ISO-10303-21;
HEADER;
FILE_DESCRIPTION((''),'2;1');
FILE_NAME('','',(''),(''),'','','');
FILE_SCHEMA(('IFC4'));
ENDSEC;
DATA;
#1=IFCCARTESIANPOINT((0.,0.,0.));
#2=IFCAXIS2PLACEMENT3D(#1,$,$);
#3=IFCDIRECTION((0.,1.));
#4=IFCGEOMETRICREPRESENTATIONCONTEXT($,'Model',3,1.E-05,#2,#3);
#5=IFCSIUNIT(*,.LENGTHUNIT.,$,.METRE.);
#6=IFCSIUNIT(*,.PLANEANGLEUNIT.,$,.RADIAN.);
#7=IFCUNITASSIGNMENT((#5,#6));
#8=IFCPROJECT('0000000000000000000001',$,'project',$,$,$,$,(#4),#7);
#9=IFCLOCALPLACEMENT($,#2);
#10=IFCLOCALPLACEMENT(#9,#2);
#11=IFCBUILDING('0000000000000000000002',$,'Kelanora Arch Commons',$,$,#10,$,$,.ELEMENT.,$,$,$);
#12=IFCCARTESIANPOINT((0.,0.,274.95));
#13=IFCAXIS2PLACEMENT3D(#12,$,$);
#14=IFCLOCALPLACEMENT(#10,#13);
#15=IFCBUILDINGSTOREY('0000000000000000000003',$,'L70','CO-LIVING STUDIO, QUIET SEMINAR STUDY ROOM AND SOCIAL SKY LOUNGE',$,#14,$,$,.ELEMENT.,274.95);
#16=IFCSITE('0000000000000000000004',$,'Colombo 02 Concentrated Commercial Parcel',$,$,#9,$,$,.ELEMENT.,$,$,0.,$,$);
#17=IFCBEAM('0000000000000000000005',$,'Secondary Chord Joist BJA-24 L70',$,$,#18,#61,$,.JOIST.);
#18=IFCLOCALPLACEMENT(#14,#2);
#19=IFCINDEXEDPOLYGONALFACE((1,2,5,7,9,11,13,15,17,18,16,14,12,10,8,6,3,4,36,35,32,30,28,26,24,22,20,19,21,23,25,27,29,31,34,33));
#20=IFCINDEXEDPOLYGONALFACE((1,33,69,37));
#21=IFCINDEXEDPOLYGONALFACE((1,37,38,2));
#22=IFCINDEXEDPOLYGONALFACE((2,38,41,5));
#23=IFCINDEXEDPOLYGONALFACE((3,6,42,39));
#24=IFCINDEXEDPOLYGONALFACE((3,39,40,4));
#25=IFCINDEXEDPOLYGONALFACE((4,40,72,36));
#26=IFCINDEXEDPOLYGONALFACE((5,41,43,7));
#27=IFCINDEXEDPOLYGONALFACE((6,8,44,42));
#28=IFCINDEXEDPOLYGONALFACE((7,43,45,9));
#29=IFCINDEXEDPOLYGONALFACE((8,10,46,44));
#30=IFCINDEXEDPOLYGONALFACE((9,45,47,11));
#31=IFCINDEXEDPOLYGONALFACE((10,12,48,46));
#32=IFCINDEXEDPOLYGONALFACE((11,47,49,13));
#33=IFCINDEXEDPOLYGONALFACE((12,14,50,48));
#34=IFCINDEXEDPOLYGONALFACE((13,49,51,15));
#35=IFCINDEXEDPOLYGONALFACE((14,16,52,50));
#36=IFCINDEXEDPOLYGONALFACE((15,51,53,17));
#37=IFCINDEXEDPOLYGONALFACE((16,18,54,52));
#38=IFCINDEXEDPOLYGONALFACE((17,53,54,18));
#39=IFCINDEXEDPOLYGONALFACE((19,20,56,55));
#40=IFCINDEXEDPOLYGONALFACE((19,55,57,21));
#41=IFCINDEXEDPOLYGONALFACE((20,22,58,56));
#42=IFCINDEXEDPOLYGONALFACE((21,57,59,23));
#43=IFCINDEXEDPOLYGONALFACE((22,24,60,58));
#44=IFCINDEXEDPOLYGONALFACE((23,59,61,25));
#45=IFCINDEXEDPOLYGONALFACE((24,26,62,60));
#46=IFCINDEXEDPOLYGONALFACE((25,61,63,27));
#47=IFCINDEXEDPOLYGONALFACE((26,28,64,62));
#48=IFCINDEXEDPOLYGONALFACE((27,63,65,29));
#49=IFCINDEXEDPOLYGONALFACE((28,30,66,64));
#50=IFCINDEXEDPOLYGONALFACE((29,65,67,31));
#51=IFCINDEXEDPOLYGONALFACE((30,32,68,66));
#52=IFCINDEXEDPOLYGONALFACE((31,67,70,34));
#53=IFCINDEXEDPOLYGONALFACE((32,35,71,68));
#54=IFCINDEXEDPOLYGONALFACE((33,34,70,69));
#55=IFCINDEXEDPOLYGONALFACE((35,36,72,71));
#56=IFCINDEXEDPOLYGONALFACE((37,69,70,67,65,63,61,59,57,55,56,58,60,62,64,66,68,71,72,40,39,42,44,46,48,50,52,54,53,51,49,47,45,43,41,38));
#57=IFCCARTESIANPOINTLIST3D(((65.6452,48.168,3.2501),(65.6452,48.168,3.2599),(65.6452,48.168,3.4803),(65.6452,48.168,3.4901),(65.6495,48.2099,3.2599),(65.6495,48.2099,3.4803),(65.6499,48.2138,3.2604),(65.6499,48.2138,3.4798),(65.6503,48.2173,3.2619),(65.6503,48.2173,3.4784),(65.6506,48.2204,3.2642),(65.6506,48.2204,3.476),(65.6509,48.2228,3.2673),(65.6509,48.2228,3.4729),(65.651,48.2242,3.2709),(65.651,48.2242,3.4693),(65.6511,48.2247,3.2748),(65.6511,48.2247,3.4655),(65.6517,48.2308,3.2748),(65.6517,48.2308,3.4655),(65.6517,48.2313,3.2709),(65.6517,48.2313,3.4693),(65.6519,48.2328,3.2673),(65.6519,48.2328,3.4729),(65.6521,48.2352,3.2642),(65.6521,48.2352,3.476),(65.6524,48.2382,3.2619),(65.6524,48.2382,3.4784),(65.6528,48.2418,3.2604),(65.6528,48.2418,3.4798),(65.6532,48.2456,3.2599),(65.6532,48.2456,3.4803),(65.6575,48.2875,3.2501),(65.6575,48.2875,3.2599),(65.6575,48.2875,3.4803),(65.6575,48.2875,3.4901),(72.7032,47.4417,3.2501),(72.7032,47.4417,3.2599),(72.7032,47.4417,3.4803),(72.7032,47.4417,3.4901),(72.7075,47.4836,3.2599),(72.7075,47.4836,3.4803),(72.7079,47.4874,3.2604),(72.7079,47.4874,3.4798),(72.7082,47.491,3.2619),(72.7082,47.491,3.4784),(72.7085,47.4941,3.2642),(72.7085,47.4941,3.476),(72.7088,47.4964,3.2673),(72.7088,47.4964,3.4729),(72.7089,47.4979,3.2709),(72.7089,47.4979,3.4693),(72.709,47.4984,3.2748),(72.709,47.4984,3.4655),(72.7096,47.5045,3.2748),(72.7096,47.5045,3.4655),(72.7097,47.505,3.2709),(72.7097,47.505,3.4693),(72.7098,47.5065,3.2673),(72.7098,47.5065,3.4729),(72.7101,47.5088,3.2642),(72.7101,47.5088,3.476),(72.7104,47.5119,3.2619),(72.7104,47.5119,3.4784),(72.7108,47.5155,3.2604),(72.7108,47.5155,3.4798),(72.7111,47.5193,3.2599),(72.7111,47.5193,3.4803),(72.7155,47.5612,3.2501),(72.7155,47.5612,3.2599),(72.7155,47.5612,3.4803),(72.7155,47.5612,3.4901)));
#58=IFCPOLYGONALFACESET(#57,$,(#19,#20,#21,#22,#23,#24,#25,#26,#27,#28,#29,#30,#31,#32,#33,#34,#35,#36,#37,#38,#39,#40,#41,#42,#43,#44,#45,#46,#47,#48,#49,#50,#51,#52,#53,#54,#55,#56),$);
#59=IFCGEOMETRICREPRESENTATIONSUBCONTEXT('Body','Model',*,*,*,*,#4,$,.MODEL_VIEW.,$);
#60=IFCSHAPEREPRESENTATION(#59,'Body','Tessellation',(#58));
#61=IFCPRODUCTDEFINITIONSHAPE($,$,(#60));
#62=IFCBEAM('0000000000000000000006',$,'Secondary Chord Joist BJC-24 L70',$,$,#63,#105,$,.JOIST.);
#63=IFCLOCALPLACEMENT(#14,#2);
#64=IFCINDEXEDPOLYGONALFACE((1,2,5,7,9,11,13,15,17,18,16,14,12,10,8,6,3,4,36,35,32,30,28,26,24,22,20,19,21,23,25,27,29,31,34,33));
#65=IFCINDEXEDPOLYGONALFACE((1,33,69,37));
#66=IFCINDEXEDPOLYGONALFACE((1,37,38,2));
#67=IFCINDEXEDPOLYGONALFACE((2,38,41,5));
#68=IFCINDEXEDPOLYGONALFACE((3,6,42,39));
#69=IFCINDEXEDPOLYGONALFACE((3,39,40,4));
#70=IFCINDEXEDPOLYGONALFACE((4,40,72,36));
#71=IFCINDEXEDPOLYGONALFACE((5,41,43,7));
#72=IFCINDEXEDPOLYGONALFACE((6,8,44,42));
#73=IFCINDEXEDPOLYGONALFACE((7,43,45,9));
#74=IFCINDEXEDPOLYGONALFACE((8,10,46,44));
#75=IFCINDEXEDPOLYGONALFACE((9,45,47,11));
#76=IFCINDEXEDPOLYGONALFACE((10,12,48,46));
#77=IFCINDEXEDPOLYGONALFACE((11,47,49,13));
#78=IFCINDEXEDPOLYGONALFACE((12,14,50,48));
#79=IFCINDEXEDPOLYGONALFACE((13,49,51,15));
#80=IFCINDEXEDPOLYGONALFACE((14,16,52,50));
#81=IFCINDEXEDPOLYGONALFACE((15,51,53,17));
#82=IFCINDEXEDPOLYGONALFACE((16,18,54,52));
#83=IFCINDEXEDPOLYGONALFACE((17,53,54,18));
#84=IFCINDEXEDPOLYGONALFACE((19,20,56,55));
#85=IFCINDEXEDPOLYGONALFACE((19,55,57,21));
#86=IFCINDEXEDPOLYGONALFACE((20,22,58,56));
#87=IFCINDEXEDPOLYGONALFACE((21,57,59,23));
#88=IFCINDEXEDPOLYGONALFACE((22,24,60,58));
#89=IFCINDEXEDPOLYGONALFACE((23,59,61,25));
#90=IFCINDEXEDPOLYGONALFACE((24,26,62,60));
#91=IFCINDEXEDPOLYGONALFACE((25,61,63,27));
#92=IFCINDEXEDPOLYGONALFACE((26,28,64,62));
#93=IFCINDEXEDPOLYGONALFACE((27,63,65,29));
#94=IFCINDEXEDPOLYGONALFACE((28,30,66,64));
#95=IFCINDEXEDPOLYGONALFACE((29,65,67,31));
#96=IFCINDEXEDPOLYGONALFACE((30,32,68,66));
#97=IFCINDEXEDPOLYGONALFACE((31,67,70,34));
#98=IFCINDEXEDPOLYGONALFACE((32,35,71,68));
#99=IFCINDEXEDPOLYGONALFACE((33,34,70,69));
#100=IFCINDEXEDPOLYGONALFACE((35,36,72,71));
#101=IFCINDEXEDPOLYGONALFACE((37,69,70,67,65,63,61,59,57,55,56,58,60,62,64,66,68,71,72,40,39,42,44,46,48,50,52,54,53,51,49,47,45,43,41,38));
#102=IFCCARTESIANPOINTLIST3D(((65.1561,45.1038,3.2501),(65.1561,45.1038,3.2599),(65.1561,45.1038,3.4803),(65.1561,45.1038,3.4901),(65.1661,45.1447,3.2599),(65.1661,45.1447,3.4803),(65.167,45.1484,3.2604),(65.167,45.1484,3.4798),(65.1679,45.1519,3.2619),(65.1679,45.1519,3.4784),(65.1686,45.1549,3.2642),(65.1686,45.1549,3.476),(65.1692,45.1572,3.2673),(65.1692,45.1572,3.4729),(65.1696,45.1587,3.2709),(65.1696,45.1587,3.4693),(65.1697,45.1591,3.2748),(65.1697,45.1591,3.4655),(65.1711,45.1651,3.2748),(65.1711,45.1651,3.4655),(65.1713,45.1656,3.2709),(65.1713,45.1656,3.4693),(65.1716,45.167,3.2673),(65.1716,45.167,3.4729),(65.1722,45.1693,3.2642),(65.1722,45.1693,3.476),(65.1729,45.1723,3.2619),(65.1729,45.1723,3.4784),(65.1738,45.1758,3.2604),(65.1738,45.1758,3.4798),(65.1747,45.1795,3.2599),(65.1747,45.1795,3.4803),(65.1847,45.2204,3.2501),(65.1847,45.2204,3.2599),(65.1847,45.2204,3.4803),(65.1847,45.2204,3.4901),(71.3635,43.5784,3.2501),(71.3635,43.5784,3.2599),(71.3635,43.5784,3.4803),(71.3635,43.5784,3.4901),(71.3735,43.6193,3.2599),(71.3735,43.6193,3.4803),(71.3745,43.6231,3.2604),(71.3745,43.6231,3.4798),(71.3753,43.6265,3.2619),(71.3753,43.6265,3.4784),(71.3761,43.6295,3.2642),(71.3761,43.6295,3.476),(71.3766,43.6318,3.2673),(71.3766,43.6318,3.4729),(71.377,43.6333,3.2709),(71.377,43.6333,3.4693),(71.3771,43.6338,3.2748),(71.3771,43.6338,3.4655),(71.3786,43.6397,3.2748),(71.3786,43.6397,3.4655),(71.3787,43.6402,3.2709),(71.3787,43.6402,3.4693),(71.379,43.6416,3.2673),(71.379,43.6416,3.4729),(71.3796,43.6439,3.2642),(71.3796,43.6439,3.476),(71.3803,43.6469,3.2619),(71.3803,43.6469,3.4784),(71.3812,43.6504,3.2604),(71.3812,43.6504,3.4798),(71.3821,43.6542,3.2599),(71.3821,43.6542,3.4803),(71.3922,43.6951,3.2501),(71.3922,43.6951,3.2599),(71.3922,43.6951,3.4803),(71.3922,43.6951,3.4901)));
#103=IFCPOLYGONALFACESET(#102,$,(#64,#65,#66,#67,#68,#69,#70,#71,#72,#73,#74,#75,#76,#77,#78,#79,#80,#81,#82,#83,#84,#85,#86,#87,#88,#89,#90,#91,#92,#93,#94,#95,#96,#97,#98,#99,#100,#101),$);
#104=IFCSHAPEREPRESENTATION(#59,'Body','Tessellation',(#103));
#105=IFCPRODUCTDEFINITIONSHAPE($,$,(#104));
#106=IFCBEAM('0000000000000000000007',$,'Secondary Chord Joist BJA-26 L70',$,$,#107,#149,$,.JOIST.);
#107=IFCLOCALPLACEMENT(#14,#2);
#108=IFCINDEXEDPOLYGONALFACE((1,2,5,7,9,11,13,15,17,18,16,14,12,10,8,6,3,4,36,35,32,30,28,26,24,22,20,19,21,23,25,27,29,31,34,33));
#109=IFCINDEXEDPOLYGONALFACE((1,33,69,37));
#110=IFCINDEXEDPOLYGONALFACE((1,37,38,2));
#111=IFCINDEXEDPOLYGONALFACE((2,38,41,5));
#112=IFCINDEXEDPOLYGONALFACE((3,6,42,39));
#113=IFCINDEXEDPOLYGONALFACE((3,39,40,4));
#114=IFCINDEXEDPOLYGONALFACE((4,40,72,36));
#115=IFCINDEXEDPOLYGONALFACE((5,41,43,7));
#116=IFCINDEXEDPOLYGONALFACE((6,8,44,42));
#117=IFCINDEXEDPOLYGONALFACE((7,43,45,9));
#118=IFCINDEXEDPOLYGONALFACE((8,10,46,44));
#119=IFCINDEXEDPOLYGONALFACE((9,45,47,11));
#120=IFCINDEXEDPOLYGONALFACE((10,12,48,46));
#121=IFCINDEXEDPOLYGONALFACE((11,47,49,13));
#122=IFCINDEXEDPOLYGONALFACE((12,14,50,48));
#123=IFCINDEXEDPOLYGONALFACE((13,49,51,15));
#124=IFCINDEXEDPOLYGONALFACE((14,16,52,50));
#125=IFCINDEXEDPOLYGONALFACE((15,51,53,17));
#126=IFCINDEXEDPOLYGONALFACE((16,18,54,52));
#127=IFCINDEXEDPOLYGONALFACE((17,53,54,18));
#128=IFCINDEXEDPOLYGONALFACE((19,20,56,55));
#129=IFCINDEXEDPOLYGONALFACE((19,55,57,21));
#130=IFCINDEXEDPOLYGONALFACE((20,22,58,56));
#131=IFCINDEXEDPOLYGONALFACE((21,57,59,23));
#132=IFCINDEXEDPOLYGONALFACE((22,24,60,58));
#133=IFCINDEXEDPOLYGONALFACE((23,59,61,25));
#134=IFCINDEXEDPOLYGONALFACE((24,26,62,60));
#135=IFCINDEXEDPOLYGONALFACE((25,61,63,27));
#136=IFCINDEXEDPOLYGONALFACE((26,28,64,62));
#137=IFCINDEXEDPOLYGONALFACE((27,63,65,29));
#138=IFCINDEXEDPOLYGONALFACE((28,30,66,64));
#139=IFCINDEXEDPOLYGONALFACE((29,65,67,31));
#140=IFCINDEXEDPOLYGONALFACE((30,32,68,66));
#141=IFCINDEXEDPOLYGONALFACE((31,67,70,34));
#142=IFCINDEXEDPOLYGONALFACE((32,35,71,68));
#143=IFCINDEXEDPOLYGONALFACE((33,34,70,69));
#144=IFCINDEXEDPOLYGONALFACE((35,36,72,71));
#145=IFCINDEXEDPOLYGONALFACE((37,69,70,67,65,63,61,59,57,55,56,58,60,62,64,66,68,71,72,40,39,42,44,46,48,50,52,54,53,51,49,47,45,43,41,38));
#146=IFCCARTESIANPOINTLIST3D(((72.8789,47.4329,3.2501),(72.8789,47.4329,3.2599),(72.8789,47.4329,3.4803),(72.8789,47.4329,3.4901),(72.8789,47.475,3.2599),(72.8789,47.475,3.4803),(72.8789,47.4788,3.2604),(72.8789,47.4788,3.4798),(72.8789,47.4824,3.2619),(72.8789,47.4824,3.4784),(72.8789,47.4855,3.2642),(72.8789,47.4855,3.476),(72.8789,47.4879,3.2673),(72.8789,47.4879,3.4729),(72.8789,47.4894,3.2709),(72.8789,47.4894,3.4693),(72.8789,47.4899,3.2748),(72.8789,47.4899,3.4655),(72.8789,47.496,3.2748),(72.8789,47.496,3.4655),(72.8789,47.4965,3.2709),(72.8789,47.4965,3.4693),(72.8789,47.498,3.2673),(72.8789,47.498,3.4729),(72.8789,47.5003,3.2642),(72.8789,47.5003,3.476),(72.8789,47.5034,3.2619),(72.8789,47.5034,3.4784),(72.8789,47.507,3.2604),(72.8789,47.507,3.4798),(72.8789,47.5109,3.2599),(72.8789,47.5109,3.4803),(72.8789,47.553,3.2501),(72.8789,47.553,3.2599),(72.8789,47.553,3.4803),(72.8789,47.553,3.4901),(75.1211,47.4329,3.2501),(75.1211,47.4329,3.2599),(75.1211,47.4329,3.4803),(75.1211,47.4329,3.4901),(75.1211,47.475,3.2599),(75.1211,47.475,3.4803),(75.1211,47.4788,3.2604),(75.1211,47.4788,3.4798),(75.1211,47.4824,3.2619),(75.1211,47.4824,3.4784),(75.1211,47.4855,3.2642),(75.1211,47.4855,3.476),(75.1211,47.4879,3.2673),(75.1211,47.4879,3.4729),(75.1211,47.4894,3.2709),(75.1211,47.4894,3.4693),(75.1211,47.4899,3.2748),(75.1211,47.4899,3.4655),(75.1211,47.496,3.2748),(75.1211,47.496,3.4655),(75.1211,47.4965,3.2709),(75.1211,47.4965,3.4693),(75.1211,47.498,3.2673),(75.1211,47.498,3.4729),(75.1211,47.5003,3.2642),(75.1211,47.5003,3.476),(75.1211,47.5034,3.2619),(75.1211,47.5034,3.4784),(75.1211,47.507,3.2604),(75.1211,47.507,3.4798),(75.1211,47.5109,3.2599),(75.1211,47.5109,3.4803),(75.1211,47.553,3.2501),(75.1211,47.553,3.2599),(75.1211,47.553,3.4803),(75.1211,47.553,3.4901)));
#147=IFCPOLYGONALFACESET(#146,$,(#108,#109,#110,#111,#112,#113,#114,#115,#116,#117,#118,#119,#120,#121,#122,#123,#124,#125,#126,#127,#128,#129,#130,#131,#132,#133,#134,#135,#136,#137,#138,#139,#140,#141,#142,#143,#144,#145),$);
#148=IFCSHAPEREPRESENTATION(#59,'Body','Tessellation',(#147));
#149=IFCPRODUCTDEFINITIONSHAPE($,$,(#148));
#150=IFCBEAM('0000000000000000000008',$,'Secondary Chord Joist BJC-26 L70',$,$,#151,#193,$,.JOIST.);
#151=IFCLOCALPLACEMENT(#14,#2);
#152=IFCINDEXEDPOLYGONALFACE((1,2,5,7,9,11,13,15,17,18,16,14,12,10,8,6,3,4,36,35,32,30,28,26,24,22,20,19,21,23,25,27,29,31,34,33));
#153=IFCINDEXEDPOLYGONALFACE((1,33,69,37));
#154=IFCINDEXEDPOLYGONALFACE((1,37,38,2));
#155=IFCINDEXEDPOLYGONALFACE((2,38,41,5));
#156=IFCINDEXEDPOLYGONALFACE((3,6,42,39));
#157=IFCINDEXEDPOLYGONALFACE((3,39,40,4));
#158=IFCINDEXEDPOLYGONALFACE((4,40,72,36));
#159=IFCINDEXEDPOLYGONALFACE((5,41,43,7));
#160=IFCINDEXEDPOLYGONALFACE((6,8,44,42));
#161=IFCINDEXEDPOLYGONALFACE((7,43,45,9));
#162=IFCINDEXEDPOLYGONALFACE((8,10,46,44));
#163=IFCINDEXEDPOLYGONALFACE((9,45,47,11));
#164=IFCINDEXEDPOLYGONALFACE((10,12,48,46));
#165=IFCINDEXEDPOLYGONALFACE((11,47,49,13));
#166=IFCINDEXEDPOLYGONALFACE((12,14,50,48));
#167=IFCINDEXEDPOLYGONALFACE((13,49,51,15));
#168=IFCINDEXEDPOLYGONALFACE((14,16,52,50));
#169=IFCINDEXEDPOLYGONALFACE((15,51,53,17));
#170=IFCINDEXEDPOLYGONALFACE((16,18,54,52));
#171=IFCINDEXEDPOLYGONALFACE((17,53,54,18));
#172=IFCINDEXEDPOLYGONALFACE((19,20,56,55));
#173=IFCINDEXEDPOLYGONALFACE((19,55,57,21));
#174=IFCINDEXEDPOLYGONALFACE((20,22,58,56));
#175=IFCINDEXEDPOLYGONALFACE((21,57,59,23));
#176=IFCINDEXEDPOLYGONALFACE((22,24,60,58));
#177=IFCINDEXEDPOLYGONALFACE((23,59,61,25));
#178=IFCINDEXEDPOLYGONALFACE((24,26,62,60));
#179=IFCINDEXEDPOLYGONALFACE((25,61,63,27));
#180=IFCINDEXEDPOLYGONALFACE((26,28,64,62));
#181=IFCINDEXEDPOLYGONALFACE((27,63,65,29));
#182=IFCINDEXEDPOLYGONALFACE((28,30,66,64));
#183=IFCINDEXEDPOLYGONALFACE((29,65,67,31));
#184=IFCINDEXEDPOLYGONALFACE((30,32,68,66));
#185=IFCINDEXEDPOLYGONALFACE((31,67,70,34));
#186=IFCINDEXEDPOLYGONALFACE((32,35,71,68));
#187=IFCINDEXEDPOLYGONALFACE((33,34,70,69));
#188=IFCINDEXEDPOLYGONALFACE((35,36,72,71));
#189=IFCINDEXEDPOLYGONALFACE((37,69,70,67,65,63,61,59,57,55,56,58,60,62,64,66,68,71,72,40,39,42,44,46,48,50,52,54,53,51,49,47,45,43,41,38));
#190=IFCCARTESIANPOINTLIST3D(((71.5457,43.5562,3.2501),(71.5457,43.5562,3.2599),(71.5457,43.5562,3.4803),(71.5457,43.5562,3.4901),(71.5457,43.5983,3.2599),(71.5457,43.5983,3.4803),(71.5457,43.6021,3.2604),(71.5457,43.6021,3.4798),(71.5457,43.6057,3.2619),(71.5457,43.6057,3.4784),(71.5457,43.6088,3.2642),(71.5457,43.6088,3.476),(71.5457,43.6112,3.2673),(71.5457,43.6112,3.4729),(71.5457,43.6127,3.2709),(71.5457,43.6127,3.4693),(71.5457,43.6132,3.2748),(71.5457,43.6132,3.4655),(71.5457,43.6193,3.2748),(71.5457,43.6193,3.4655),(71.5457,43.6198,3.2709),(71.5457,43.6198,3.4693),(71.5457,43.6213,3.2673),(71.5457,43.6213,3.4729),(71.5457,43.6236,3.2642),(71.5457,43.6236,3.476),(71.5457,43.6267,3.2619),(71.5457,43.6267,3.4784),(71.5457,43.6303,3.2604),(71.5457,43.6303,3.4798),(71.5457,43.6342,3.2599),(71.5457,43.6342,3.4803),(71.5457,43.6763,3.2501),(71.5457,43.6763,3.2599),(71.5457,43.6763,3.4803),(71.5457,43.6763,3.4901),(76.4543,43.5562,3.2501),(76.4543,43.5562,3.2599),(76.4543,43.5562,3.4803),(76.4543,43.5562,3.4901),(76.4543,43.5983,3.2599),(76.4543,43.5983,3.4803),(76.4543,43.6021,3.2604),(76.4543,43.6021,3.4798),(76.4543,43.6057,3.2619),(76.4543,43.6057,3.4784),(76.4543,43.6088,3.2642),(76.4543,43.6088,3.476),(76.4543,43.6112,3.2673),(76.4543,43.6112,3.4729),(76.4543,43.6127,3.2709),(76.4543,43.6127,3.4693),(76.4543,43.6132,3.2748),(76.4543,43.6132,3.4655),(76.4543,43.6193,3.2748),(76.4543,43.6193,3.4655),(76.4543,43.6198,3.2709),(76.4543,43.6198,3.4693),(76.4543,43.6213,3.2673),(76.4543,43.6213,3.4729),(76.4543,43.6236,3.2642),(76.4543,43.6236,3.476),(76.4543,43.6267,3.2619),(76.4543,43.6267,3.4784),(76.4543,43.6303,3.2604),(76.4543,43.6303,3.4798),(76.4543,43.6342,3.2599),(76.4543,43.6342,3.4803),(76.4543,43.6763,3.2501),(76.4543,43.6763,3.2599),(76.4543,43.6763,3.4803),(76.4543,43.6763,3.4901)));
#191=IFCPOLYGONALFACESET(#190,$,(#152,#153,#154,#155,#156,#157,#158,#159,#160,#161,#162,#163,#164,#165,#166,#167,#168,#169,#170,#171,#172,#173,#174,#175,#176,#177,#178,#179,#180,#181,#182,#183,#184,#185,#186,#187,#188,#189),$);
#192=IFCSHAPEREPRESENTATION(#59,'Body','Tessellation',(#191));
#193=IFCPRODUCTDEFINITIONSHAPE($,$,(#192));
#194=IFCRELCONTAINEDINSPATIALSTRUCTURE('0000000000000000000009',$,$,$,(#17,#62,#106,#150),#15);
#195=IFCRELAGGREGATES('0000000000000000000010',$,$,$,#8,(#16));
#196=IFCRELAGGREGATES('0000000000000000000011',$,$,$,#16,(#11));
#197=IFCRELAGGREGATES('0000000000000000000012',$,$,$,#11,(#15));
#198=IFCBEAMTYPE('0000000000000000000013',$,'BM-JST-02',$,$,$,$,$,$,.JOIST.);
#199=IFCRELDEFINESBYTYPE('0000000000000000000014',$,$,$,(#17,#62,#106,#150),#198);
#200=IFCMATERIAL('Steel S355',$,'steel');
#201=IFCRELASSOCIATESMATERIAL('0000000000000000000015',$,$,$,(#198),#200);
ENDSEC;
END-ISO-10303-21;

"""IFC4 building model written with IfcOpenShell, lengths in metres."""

from ifc_helpers import new_model, si_unit, direction, frame, origin, origin_2d, place, context, subcontext, project, spatial, i_section, extrude, material, material_profile, profile_set, type_object, element, save


model = new_model("IFC4")

# Units and contexts
model_context = context("Model", 3, precision=1e-05, world=origin(), true_north=direction((0.0, 1.0)))
body_context = subcontext(model_context, "Body", "Model", "MODEL_VIEW")
ifc_project = project(units=[si_unit("LENGTHUNIT", "METRE"), si_unit("PLANEANGLEUNIT", "RADIAN")], contexts=[model_context])

# Site, building, storey
site_placement = place(None, origin())
site = spatial("IfcSite", under=ifc_project, at=site_placement, Name="Colombo 02 Concentrated Commercial Parcel", CompositionType="ELEMENT", RefElevation=0.0)
building_placement = place(site_placement, origin())
building = spatial("IfcBuilding", under=site, at=building_placement, Name="Kelanora Arch Commons", CompositionType="ELEMENT")
storey_placement = place(building_placement, frame((0.0, 0.0, 274.95)))
storey = spatial("IfcBuildingStorey", under=building, at=storey_placement, Name="L70", Description="CO-LIVING STUDIO, QUIET SEMINAR STUDY ROOM AND SOCIAL SKY LOUNGE", CompositionType="ELEMENT", Elevation=274.95)

# Beams
ifc_material_1 = material(Name="Steel S355", Category="steel")
ifc_material_profile_1 = material_profile(ifc_material_1, i_section(OverallWidth=0.1201, OverallDepth=0.24, WebThickness=0.0061, FlangeThickness=0.0098, FilletRadius=0.0149, at=origin_2d()), Name="IPE240")
ifc_profile_set_1 = profile_set([ifc_material_profile_1], Name="Steel S355")
beam_type_1 = type_object("IfcBeamType", Name="BM-JST-02", PredefinedType="JOIST", material=ifc_profile_set_1)
beam_1_placement = place(storey_placement, frame((65.6514, 48.2278, 3.3701), z_axis=(0.994747, -0.102369, 0.0), x_axis=(0.102369, 0.994747, 0.0)))
element("IfcBeam", 1, at=beam_1_placement, inside=storey, type_object=beam_type_1, Name="Secondary Chord Joist BJA-24 L70", PredefinedType="JOIST", context=body_context, shape_type="SweptSolid", body=[
    extrude(i_section(OverallWidth=0.1201, OverallDepth=0.24, WebThickness=0.0061, FlangeThickness=0.0098, FilletRadius=0.0149, at=origin_2d()), origin(), (0.0, 0.0, 1.0), 7.0952),
])
beam_2_placement = place(storey_placement, frame((65.1704, 45.1621, 3.3701), z_axis=(0.97111, -0.238633, 0.0), x_axis=(0.238633, 0.97111, 0.0)))
element("IfcBeam", 2, at=beam_2_placement, inside=storey, type_object=beam_type_1, Name="Secondary Chord Joist BJC-24 L70", PredefinedType="JOIST", context=body_context, shape_type="SweptSolid", body=[
    extrude(i_section(OverallWidth=0.1201, OverallDepth=0.24, WebThickness=0.0061, FlangeThickness=0.0098, FilletRadius=0.0149, at=origin_2d()), origin(), (0.0, 0.0, 1.0), 6.3921),
])
beam_3_placement = place(storey_placement, frame((72.8789, 47.4929, 3.3701), z_axis=(1.0, 0.0, 0.0), x_axis=(0.0, 1.0, 0.0)))
element("IfcBeam", 3, at=beam_3_placement, inside=storey, type_object=beam_type_1, Name="Secondary Chord Joist BJA-26 L70", PredefinedType="JOIST", context=body_context, shape_type="SweptSolid", body=[
    extrude(i_section(OverallWidth=0.1201, OverallDepth=0.24, WebThickness=0.0061, FlangeThickness=0.0098, FilletRadius=0.0149, at=origin_2d()), origin(), (0.0, 0.0, 1.0), 2.2422),
])
beam_4_placement = place(storey_placement, frame((71.5457, 43.6162, 3.3701), z_axis=(1.0, 0.0, 0.0), x_axis=(0.0, 1.0, 0.0)))
element("IfcBeam", 4, at=beam_4_placement, inside=storey, type_object=beam_type_1, Name="Secondary Chord Joist BJC-26 L70", PredefinedType="JOIST", context=body_context, shape_type="SweptSolid", body=[
    extrude(i_section(OverallWidth=0.1201, OverallDepth=0.24, WebThickness=0.0061, FlangeThickness=0.0098, FilletRadius=0.0149, at=origin_2d()), origin(), (0.0, 0.0, 1.0), 4.9087),
])

save(model, "model.ifc")
